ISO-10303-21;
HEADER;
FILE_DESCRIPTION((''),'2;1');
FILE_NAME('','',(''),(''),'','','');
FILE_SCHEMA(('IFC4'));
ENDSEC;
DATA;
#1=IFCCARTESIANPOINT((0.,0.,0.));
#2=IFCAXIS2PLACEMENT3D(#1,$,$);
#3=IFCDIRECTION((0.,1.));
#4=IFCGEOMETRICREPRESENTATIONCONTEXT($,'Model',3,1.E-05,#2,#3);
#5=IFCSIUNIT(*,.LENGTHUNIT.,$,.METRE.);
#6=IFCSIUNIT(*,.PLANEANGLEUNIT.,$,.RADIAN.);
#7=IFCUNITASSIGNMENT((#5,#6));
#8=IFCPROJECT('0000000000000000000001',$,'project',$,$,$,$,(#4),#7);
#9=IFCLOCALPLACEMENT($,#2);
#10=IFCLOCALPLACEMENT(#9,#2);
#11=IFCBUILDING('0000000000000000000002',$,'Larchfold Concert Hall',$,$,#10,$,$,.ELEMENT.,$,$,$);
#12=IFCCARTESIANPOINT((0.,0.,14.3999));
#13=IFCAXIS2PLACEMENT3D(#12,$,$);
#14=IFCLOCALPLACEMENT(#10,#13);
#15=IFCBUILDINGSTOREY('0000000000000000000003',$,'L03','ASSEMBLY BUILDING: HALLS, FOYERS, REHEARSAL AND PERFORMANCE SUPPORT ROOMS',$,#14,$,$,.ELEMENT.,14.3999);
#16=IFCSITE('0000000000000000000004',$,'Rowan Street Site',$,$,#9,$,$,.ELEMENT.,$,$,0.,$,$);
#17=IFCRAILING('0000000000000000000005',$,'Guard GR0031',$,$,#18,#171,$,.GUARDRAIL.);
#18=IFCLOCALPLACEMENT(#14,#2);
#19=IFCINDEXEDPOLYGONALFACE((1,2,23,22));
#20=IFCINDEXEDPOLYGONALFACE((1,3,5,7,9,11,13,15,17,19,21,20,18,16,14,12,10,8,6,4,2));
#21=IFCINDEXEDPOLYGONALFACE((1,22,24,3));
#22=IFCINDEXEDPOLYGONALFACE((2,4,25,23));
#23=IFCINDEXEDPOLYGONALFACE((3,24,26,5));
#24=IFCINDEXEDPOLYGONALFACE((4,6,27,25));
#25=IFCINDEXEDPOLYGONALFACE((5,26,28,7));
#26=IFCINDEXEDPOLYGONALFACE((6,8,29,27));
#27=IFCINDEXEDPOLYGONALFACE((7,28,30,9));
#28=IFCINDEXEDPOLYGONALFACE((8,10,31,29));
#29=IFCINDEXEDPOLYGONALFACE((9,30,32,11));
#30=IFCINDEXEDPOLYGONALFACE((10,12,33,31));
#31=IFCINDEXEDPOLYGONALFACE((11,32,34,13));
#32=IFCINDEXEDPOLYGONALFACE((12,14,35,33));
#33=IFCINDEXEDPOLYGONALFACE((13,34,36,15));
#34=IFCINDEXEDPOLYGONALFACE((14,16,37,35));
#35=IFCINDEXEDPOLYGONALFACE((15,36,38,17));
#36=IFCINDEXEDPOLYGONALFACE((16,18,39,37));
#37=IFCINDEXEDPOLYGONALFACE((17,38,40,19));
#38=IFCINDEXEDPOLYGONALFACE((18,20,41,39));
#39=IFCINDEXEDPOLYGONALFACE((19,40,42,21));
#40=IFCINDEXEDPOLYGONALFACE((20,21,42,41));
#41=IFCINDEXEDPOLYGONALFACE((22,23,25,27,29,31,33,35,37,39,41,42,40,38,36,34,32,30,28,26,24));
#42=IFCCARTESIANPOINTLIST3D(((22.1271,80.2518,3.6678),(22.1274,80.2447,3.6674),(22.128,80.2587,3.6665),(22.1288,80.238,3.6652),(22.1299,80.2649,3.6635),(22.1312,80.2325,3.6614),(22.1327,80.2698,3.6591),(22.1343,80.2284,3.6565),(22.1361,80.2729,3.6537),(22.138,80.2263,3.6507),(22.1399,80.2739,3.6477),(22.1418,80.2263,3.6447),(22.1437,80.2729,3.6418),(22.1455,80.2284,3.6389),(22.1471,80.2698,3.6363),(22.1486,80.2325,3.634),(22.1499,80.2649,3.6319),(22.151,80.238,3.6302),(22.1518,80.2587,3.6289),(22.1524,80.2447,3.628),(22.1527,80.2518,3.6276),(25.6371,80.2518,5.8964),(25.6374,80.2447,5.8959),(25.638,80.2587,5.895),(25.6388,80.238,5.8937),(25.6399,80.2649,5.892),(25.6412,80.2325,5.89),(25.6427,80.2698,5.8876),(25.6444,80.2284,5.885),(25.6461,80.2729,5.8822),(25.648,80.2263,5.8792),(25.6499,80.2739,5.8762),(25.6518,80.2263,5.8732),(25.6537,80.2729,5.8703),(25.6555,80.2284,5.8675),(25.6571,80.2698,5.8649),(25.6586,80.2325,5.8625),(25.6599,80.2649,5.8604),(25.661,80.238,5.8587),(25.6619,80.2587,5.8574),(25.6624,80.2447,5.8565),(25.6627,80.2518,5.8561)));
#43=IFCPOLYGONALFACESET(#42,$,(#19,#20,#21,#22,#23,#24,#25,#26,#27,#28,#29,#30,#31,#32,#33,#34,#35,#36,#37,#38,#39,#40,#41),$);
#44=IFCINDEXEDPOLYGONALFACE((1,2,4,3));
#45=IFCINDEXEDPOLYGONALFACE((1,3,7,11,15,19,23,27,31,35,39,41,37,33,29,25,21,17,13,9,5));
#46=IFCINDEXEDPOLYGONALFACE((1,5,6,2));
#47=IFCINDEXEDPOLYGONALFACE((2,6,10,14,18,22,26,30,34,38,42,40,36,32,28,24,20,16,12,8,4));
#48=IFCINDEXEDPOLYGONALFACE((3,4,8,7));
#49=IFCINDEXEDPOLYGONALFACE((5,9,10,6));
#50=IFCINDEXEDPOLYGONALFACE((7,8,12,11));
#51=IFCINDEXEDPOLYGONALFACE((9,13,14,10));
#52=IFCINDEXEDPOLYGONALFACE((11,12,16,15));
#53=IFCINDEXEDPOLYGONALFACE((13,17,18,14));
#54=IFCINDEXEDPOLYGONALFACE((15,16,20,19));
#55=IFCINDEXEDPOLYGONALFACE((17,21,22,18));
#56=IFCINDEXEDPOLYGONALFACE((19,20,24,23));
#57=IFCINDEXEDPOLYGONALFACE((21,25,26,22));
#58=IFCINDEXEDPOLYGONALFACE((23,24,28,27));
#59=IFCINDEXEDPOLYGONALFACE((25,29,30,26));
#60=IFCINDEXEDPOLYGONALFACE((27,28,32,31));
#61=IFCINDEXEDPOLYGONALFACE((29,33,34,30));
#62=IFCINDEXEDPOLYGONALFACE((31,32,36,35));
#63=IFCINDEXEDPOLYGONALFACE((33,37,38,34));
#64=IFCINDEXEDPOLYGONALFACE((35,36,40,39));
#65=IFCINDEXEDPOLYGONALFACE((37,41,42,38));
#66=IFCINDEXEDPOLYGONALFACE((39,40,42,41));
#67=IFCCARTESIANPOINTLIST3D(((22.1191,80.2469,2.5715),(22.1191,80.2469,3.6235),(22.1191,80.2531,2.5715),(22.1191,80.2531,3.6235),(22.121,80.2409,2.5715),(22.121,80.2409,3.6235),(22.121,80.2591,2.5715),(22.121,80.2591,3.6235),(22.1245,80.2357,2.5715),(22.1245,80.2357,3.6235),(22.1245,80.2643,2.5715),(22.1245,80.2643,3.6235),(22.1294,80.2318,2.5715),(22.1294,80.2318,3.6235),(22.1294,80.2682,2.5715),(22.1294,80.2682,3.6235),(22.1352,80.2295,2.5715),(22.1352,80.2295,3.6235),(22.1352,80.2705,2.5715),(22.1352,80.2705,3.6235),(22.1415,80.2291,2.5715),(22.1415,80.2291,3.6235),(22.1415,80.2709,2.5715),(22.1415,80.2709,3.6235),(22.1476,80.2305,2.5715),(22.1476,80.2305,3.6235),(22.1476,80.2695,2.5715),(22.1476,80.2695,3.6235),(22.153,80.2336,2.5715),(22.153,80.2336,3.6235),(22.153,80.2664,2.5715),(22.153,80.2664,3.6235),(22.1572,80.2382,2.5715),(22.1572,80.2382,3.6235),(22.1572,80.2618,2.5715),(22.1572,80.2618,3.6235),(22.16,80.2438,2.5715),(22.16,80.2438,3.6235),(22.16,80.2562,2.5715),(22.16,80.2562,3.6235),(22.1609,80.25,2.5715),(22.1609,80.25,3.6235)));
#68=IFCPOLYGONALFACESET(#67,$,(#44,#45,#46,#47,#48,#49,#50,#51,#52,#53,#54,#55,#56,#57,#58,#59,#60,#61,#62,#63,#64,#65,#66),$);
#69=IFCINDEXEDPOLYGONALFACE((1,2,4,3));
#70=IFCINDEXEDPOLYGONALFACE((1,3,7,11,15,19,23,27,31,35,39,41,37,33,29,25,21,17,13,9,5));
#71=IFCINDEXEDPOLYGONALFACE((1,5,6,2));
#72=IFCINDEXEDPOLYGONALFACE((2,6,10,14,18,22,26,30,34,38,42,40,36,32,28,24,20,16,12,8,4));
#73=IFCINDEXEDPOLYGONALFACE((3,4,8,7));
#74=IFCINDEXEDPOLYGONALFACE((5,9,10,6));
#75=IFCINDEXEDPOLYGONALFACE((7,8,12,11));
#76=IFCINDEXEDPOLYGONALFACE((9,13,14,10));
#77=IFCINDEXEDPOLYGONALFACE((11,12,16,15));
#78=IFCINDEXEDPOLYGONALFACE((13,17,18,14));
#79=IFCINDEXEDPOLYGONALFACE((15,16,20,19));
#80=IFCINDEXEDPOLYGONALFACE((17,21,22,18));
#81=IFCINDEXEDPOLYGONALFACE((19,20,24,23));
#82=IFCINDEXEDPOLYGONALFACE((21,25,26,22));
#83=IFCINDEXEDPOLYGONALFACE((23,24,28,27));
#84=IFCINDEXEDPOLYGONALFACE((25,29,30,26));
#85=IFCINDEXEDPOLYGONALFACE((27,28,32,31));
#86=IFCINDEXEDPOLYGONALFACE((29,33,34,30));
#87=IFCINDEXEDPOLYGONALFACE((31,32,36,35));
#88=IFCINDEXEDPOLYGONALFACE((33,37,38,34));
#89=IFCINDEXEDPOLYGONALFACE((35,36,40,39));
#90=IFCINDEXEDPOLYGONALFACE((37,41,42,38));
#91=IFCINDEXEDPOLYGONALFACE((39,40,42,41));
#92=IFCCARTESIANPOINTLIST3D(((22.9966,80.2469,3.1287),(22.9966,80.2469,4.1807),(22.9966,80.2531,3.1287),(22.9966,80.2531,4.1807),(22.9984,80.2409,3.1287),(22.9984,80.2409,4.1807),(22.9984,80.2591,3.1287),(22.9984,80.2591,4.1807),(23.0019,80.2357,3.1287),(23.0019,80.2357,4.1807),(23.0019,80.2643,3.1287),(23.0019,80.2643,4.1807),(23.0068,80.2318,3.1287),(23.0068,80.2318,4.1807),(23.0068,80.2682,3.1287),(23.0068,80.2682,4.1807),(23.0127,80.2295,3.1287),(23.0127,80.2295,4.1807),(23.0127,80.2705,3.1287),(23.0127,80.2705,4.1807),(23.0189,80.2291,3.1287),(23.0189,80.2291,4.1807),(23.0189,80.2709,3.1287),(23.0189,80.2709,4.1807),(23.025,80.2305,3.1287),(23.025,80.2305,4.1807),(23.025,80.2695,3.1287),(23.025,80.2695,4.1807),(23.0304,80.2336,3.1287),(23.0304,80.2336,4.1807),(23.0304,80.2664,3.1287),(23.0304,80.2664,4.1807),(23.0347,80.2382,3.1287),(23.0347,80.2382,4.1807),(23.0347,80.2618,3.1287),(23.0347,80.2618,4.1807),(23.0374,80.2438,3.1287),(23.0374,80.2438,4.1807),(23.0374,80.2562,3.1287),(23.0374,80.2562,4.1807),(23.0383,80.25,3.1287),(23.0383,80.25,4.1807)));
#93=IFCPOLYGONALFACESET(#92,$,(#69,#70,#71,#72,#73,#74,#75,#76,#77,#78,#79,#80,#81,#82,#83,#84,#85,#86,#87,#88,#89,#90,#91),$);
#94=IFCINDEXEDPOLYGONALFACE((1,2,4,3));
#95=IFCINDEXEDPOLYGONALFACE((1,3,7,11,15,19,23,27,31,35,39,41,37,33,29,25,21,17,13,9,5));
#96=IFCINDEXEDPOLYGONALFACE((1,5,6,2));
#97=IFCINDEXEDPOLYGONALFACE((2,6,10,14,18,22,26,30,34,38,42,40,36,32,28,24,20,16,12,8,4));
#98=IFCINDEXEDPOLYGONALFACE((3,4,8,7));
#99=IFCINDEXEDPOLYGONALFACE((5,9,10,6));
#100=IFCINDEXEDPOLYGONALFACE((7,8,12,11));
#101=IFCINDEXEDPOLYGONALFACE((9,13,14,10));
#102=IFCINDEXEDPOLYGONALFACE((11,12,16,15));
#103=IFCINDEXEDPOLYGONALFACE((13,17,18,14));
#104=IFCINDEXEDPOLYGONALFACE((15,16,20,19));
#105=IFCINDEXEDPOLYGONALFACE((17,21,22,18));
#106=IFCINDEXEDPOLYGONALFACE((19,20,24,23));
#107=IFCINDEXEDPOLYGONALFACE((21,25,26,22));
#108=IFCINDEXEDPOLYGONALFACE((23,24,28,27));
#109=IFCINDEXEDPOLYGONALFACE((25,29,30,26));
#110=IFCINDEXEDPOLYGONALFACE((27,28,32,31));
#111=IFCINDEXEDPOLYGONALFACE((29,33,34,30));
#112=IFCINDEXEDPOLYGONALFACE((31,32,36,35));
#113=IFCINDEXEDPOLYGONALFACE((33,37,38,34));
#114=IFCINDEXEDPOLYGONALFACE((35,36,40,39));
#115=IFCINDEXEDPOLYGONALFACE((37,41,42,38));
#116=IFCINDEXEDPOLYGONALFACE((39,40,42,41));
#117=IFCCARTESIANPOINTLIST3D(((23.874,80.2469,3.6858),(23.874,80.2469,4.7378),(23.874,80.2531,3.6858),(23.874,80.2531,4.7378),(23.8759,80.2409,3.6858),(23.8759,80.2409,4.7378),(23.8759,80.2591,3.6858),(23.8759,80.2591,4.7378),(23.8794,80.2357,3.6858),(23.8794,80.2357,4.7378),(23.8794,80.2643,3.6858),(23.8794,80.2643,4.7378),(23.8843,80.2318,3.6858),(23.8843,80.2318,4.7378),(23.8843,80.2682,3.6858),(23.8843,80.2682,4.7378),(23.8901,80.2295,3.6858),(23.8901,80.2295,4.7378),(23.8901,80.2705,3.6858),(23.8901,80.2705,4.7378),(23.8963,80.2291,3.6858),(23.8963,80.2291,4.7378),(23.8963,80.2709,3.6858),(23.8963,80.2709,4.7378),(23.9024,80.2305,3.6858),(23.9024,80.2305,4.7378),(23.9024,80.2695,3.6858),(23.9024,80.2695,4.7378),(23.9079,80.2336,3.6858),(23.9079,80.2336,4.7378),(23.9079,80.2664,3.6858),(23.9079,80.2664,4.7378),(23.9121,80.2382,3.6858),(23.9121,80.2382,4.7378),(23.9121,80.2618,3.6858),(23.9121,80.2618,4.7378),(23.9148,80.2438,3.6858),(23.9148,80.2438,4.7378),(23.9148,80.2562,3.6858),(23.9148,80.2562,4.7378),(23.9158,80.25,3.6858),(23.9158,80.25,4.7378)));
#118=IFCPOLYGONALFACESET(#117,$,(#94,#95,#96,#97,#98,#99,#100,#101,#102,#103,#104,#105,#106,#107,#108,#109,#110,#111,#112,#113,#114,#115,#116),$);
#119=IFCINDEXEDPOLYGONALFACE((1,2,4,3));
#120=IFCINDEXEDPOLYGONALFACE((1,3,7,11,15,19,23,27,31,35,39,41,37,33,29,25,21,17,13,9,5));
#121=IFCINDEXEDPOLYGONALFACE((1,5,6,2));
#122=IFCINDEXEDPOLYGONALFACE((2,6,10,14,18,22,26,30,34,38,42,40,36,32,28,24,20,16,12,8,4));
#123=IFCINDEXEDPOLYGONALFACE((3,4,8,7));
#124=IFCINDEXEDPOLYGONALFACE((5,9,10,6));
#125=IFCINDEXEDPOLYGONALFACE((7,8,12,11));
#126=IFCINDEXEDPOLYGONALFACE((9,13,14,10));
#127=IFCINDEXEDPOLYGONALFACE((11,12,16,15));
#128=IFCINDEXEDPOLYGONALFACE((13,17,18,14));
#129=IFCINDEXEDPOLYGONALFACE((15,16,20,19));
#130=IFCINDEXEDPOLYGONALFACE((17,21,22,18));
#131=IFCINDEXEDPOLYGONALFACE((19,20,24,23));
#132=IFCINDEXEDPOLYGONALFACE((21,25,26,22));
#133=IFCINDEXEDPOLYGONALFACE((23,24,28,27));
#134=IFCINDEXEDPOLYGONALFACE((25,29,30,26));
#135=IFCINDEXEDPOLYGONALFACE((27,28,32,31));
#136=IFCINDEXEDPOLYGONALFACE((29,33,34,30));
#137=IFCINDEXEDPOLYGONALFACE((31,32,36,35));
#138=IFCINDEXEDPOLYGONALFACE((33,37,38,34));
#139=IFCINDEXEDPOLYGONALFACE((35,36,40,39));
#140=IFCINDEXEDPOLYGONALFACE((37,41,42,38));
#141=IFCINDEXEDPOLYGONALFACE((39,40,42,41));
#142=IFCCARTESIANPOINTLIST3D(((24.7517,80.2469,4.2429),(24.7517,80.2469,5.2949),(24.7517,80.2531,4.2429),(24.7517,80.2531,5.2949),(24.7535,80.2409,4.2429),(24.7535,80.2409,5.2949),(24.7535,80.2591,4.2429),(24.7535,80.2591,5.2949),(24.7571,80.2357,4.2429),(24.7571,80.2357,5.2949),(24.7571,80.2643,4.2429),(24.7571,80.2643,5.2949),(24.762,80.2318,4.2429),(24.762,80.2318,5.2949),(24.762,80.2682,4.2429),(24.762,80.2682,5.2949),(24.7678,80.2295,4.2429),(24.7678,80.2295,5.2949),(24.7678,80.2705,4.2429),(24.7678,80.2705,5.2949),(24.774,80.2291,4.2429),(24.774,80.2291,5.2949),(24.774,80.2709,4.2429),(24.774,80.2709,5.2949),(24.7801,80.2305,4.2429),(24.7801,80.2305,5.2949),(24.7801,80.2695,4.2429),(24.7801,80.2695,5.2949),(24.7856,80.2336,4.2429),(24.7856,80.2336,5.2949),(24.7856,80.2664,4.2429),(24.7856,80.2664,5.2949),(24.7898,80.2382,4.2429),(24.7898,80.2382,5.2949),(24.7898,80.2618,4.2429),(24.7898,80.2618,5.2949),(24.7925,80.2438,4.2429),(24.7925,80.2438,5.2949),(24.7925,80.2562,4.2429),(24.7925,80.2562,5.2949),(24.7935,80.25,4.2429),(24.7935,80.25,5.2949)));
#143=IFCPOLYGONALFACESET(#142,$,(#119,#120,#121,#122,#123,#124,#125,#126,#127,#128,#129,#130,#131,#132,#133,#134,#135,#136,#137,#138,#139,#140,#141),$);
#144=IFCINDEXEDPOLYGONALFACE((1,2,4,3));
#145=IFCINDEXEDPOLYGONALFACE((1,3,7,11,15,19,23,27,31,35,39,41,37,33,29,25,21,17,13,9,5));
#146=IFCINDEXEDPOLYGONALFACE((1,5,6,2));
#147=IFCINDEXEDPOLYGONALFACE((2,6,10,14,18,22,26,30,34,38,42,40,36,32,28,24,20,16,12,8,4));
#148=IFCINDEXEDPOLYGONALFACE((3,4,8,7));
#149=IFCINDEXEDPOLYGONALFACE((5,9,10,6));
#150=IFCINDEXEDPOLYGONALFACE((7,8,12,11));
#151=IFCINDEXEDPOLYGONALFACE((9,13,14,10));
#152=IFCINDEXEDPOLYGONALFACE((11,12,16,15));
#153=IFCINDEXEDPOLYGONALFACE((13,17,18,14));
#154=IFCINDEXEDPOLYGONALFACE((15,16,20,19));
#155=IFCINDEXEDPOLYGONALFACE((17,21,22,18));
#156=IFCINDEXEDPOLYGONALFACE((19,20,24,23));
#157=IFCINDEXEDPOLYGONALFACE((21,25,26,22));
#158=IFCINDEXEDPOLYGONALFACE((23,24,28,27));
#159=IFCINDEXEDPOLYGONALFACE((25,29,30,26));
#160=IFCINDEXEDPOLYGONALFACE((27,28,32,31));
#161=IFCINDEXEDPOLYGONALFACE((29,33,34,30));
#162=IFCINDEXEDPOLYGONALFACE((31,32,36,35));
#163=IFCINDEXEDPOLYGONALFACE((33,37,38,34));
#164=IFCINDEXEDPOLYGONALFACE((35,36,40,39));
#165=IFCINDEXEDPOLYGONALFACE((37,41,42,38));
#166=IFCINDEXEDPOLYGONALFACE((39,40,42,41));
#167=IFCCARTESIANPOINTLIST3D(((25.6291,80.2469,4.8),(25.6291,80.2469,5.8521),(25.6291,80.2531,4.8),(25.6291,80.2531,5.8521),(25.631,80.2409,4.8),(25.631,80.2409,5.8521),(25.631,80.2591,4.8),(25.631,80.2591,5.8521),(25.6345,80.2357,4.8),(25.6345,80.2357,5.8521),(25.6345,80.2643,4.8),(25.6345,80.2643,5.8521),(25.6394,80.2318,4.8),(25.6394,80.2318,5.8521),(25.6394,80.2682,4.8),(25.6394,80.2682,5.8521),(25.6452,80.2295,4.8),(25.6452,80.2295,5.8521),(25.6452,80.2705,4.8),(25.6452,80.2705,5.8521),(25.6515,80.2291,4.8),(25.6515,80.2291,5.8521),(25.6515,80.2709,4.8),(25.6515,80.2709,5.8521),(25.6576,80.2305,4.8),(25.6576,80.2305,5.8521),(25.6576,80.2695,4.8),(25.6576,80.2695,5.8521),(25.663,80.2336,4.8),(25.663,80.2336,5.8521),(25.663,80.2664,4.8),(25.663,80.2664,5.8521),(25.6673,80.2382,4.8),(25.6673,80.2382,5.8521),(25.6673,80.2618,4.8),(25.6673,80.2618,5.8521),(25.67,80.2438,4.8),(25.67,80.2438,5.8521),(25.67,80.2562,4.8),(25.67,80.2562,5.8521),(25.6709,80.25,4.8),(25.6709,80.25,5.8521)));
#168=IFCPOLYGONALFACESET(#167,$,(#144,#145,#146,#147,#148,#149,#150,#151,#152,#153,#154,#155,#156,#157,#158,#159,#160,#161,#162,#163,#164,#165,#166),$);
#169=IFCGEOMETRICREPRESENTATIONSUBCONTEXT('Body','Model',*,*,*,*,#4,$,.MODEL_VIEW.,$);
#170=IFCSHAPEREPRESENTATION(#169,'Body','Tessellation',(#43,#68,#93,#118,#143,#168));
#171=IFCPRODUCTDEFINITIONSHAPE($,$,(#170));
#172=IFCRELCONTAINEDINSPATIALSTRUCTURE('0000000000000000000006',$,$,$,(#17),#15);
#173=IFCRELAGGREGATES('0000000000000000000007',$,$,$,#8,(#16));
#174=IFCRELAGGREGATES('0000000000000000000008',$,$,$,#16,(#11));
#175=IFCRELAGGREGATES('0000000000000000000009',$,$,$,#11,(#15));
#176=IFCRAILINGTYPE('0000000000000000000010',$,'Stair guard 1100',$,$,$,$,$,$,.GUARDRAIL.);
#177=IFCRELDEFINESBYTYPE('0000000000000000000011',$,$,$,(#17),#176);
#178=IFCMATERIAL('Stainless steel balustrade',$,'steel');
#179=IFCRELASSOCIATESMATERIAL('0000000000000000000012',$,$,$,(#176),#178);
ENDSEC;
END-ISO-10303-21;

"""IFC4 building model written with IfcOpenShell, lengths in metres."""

from ifc_helpers import new_model, si_unit, direction, frame, origin, origin_2d, place, context, subcontext, project, spatial, circle, extrude, material, type_object, element, save


model = new_model("IFC4")

# Units and contexts
model_context = context("Model", 3, precision=1e-05, world=origin(), true_north=direction((0.0, 1.0)))
body_context = subcontext(model_context, "Body", "Model", "MODEL_VIEW")
ifc_project = project(units=[si_unit("LENGTHUNIT", "METRE"), si_unit("PLANEANGLEUNIT", "RADIAN")], contexts=[model_context])

# Site, building, storey
site_placement = place(None, origin())
site = spatial("IfcSite", under=ifc_project, at=site_placement, Name="Rowan Street Site", CompositionType="ELEMENT", RefElevation=0.0)
building_placement = place(site_placement, origin())
building = spatial("IfcBuilding", under=site, at=building_placement, Name="Larchfold Concert Hall", CompositionType="ELEMENT")
storey_placement = place(building_placement, frame((0.0, 0.0, 14.3999)))
storey = spatial("IfcBuildingStorey", under=building, at=storey_placement, Name="L03", Description="ASSEMBLY BUILDING: HALLS, FOYERS, REHEARSAL AND PERFORMANCE SUPPORT ROOMS", CompositionType="ELEMENT", Elevation=14.3999)

# Railing
ifc_material_1 = material(Name="Stainless steel balustrade", Category="steel")
railing_type_1 = type_object("IfcRailingType", Name="Stair guard 1100", PredefinedType="GUARDRAIL", material=ifc_material_1)
railing_1_placement = place(storey_placement, frame((22.1399, 80.25, 2.5715)))
element("IfcRailing", 1, at=railing_1_placement, inside=storey, type_object=railing_type_1, Name="Guard GR0031", PredefinedType="GUARDRAIL", context=body_context, shape_type="SweptSolid", body=[
    extrude(circle(Radius=0.0239, at=origin_2d()), frame((0.0, 0.0, 1.0762), z_axis=(0.84422, 0.0, 0.535998), x_axis=(0.0, 1.0, 0.0)), (0.0, 0.0, 1.0), 4.1577),
    extrude(circle(Radius=0.021, at=origin_2d()), origin(), (0.0, 0.0, 1.0), 1.052),
    extrude(circle(Radius=0.021, at=origin_2d()), frame((0.8774, 0.0, 0.5571)), (0.0, 0.0, 1.0), 1.052),
    extrude(circle(Radius=0.021, at=origin_2d()), frame((1.7549, 0.0, 1.1143)), (0.0, 0.0, 1.0), 1.052),
    extrude(circle(Radius=0.021, at=origin_2d()), frame((2.6326, 0.0, 1.6714)), (0.0, 0.0, 1.0), 1.052),
    extrude(circle(Radius=0.021, at=origin_2d()), frame((3.51, 0.0, 2.2285)), (0.0, 0.0, 1.0), 1.052),
])

save(model, "model.ifc")
